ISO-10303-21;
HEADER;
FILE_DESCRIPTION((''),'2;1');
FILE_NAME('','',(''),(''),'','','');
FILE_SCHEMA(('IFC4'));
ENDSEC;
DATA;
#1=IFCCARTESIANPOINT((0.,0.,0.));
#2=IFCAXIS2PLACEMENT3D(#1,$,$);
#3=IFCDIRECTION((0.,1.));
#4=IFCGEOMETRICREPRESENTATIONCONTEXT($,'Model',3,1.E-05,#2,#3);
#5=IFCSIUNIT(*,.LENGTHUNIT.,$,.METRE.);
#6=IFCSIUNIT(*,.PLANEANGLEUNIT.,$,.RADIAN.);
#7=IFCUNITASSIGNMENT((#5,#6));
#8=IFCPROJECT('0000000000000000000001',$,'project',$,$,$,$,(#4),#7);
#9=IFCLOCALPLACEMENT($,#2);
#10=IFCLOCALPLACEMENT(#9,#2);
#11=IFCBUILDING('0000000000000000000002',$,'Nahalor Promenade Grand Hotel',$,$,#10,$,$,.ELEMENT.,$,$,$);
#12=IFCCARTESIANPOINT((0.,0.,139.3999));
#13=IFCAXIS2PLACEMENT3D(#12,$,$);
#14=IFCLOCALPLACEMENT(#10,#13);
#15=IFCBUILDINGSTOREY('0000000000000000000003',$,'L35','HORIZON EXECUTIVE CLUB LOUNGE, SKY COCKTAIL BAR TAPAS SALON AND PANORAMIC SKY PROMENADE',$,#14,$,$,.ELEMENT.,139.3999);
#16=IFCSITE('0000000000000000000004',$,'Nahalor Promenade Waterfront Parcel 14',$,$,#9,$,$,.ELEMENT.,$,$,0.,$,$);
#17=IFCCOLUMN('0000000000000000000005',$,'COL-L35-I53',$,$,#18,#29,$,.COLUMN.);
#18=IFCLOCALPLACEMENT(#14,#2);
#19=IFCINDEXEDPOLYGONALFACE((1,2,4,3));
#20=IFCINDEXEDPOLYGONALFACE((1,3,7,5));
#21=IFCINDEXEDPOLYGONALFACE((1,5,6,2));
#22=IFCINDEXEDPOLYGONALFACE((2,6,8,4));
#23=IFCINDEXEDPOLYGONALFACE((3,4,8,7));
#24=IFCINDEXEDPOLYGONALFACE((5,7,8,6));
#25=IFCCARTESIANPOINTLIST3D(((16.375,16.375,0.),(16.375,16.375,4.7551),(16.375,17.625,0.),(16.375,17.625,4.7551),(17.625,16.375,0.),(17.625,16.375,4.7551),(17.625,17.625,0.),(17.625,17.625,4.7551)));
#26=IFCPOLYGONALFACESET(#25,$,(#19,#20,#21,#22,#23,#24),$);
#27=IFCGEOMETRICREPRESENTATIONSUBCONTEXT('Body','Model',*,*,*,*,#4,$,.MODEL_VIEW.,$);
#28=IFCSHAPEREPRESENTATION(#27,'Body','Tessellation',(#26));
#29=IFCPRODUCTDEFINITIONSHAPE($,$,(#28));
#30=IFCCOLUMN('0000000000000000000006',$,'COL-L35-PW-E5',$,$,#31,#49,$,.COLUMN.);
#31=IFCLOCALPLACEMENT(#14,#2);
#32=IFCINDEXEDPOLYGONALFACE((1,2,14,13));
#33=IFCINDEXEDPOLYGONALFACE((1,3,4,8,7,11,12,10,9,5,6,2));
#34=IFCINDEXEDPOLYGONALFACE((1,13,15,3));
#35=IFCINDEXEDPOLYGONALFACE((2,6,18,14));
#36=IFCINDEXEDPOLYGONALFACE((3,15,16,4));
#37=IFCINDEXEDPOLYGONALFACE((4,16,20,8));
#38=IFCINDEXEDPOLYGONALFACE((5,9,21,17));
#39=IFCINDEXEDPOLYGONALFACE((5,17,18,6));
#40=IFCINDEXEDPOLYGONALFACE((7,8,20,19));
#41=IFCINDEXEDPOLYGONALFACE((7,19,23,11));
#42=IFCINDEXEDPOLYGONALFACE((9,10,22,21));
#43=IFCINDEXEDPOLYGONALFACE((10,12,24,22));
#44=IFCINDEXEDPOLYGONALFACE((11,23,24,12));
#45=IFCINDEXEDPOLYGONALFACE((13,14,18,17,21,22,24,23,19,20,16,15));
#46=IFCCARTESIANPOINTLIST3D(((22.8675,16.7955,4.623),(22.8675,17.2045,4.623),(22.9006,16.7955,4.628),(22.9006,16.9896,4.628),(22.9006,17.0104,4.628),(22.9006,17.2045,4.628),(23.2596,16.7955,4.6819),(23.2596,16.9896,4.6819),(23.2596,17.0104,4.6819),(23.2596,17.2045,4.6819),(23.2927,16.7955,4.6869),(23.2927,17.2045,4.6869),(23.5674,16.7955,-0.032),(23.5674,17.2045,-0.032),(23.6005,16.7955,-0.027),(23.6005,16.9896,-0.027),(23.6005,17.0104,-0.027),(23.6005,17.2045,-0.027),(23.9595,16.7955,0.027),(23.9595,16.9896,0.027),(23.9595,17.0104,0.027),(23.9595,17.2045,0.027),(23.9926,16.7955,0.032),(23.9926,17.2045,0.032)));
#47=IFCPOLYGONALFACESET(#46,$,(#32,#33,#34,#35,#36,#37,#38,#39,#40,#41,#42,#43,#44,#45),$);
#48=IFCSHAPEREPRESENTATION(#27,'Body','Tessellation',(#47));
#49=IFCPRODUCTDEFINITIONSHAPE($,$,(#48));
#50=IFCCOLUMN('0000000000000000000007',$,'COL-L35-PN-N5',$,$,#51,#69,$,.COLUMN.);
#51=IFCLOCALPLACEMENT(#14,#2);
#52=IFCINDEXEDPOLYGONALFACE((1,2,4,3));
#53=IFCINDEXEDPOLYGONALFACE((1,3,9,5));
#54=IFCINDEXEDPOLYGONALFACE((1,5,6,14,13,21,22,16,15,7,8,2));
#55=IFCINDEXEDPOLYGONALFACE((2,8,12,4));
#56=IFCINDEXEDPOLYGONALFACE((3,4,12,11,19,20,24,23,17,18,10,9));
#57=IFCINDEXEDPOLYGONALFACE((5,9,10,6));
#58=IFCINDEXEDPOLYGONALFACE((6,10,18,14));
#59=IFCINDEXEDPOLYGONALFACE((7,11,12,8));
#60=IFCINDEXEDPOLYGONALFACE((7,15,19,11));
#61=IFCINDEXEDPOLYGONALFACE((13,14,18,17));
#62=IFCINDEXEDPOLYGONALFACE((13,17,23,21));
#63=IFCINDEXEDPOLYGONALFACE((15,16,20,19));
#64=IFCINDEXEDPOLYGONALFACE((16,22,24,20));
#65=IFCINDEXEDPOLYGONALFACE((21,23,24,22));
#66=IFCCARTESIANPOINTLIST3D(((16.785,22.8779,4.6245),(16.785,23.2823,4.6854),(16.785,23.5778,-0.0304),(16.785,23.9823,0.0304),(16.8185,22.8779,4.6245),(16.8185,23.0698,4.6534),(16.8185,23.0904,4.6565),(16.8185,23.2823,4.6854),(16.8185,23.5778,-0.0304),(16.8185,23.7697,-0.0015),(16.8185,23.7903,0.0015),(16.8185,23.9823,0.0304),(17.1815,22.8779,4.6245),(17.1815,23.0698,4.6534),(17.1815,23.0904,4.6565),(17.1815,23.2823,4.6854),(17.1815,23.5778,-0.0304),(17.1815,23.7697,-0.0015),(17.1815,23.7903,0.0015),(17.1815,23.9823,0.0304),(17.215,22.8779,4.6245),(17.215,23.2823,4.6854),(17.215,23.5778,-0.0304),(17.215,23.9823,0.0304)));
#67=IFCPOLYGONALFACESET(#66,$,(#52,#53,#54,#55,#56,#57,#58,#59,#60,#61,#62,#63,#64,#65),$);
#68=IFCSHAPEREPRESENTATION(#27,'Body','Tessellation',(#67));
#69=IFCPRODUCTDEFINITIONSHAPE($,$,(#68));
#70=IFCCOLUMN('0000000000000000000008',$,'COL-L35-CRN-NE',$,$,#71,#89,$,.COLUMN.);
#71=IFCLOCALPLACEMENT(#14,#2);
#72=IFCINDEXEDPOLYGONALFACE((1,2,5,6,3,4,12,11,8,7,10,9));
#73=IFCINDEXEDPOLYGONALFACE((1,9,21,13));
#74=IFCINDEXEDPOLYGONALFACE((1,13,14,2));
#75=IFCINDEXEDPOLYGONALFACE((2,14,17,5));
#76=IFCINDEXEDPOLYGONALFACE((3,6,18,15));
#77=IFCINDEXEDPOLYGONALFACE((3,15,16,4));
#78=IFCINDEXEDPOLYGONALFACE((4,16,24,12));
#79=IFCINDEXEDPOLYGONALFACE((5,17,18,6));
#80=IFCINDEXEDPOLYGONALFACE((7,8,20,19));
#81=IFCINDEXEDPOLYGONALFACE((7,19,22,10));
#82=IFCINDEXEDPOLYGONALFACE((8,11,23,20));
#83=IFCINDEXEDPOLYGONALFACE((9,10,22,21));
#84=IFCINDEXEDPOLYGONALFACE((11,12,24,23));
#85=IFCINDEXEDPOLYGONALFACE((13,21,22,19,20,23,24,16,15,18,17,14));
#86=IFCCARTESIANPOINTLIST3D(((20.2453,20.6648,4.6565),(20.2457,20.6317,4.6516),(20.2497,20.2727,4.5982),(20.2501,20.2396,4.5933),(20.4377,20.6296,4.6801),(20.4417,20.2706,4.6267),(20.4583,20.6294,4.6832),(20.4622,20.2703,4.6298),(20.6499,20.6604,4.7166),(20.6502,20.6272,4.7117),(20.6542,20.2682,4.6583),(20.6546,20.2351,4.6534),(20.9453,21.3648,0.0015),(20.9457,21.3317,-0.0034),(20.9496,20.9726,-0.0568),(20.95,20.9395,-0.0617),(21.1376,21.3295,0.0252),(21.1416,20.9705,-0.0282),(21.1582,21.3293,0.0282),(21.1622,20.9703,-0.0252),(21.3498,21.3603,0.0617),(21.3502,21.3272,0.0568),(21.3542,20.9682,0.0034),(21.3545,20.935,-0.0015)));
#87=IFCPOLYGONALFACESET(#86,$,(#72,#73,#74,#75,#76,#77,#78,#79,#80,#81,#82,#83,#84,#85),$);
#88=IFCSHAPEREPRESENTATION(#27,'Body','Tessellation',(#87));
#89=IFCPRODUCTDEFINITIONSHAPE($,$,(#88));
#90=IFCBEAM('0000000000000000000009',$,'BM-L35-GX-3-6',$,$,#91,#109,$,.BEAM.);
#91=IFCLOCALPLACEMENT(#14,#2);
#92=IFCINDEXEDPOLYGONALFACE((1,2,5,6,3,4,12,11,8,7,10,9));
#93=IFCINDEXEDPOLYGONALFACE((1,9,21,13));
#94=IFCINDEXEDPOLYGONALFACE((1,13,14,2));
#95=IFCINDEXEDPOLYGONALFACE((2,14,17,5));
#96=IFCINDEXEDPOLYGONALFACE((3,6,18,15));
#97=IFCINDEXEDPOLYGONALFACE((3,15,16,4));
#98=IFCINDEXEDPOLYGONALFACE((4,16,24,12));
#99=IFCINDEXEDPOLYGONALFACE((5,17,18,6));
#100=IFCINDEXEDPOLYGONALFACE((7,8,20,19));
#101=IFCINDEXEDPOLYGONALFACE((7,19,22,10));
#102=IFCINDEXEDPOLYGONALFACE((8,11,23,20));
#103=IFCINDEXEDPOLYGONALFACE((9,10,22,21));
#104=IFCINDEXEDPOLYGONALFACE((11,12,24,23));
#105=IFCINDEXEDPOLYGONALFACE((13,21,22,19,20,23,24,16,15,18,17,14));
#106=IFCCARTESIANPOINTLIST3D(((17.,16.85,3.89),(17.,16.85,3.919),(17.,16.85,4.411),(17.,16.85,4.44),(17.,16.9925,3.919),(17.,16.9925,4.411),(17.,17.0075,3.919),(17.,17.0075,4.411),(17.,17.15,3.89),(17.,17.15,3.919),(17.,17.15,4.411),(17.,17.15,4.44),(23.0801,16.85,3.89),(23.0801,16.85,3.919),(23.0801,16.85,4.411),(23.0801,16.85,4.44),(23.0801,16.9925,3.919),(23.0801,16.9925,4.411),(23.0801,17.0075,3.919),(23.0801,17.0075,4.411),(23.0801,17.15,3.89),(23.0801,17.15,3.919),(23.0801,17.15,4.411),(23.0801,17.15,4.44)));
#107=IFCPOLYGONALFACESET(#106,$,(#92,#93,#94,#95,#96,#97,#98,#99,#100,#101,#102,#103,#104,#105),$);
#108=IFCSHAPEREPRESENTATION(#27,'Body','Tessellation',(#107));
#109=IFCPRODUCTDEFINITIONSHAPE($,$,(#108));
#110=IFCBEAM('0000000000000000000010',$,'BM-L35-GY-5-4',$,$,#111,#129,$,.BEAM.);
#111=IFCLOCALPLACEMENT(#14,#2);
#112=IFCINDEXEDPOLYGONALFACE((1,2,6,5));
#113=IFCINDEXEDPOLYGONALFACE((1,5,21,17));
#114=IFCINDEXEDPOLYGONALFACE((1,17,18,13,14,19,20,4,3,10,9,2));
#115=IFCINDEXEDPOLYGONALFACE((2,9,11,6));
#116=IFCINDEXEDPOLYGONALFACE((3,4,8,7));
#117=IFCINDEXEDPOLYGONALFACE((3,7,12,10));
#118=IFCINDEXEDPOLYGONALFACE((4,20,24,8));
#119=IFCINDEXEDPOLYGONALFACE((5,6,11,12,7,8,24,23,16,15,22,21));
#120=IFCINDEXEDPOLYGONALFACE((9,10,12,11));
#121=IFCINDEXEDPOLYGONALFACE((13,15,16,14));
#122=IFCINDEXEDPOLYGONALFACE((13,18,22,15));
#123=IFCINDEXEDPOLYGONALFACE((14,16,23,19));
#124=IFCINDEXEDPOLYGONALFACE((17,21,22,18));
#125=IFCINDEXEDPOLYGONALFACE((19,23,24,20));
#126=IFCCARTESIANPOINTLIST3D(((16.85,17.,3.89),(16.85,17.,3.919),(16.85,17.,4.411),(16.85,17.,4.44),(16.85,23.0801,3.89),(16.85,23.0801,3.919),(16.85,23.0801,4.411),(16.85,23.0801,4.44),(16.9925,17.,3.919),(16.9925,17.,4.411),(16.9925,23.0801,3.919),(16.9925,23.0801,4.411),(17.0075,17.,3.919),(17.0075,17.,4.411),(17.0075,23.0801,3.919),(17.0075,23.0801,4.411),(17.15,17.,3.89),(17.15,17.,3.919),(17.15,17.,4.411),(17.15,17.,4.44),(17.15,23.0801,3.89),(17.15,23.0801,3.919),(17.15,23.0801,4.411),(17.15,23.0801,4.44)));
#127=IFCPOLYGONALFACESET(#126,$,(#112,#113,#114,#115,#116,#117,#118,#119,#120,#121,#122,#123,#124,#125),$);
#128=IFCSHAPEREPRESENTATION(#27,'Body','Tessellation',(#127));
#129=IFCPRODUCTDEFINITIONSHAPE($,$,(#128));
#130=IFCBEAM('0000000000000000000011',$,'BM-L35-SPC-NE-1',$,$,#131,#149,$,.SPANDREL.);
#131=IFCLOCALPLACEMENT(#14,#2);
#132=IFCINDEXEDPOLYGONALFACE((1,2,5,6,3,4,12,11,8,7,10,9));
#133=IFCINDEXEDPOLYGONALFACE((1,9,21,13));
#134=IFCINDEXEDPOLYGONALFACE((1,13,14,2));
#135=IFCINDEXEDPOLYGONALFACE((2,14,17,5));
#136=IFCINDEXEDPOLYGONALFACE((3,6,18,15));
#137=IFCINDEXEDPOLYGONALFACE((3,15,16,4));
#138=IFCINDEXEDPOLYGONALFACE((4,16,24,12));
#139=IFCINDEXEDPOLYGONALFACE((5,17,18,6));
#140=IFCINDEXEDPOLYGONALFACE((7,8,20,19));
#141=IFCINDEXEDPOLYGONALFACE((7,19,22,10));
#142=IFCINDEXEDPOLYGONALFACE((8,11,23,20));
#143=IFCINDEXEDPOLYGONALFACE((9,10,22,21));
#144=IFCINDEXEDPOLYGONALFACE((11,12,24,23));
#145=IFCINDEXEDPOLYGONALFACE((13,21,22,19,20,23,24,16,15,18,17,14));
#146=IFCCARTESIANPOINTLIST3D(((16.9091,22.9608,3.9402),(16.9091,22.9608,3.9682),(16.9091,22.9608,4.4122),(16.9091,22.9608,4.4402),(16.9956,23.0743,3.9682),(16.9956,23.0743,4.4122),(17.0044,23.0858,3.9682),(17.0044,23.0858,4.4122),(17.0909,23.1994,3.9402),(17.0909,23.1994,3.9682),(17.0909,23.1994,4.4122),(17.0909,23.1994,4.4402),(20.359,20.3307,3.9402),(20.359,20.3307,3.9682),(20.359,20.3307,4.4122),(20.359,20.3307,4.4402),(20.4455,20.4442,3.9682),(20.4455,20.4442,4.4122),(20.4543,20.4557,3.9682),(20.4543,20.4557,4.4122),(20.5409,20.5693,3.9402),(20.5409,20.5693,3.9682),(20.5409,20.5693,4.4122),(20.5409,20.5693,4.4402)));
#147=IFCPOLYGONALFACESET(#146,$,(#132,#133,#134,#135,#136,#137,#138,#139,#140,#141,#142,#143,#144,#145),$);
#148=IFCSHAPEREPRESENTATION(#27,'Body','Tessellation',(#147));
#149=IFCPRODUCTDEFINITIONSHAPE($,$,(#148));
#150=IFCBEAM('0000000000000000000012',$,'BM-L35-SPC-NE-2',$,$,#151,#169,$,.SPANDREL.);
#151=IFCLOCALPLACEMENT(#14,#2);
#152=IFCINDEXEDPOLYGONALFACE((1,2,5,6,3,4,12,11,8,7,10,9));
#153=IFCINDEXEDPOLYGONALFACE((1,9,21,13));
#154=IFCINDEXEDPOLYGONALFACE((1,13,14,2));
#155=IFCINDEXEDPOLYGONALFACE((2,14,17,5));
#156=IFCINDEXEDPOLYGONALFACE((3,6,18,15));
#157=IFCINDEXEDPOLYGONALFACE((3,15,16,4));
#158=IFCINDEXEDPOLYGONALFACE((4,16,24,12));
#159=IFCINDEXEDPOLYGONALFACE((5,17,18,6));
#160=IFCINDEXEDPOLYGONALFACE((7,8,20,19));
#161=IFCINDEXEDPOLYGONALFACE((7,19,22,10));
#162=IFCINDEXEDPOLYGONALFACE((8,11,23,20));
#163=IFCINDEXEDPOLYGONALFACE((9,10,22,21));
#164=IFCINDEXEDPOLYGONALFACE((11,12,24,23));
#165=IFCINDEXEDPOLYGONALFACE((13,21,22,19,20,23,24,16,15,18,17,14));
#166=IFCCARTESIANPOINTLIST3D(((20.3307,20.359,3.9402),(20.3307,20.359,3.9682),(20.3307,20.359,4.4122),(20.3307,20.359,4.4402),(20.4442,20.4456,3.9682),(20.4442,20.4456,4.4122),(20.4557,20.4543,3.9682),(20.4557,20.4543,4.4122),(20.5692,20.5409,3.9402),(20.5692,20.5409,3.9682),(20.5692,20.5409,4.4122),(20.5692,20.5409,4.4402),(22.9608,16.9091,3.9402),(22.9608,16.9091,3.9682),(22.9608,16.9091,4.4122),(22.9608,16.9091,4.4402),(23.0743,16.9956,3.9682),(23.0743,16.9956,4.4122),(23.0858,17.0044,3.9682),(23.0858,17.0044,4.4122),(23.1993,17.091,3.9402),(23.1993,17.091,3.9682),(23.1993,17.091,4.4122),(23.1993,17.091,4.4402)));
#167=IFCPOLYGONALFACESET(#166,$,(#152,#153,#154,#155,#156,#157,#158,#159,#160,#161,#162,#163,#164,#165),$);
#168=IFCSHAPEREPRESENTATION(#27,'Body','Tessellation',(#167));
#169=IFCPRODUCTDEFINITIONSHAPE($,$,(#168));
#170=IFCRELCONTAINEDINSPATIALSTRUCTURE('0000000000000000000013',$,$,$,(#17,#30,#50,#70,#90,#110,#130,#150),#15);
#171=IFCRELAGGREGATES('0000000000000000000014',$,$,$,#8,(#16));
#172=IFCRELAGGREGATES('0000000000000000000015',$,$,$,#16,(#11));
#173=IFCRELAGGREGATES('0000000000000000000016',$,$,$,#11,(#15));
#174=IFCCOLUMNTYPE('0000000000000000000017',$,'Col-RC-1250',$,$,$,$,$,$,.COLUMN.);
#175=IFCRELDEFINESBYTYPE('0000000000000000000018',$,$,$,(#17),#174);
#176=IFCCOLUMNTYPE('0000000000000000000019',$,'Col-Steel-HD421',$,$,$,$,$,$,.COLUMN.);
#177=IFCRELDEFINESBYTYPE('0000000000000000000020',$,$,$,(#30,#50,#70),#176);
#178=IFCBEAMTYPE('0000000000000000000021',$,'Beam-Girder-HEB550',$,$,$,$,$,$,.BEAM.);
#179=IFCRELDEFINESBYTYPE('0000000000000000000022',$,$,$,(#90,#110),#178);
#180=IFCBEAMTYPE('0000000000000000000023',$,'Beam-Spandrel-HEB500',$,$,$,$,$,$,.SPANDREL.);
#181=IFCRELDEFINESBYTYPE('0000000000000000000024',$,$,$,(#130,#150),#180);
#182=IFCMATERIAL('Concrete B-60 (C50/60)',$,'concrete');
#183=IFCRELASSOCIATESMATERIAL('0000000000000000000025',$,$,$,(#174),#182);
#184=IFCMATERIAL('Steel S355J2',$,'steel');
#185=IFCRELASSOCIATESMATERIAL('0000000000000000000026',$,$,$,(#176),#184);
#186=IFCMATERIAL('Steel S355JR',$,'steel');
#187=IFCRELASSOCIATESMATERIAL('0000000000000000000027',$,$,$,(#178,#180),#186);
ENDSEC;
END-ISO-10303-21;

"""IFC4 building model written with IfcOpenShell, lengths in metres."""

from ifc_helpers import new_model, si_unit, direction, frame, origin, origin_2d, place, context, subcontext, project, spatial, rectangle, i_section, extrude, source, transform, mapped, material, material_profile, profile_set, type_object, element, save


model = new_model("IFC4")

# Units and contexts
model_context = context("Model", 3, precision=1e-05, world=origin(), true_north=direction((0.0, 1.0)))
body_context = subcontext(model_context, "Body", "Model", "MODEL_VIEW")
ifc_project = project(units=[si_unit("LENGTHUNIT", "METRE"), si_unit("PLANEANGLEUNIT", "RADIAN")], contexts=[model_context])

# Site, building, storey
site_placement = place(None, origin())
site = spatial("IfcSite", under=ifc_project, at=site_placement, Name="Nahalor Promenade Waterfront Parcel 14", CompositionType="ELEMENT", RefElevation=0.0)
building_placement = place(site_placement, origin())
building = spatial("IfcBuilding", under=site, at=building_placement, Name="Nahalor Promenade Grand Hotel", CompositionType="ELEMENT")
storey_placement = place(building_placement, frame((0.0, 0.0, 139.3999)))
storey = spatial("IfcBuildingStorey", under=building, at=storey_placement, Name="L35", Description="HORIZON EXECUTIVE CLUB LOUNGE, SKY COCKTAIL BAR TAPAS SALON AND PANORAMIC SKY PROMENADE", CompositionType="ELEMENT", Elevation=139.3999)

# Columns
ifc_material_1 = material(Name="Concrete B-60 (C50/60)", Category="concrete")
ifc_material_profile_1 = material_profile(ifc_material_1, rectangle(XDim=1.25, YDim=1.25, at=origin_2d()), Name="RC 1250x1250")
ifc_profile_set_1 = profile_set([ifc_material_profile_1], Name="Concrete B-60 (C50/60)")
column_type_1 = type_object("IfcColumnType", Name="Col-RC-1250", PredefinedType="COLUMN", material=ifc_profile_set_1)
shared_shape_1 = source(origin(), body_context, "Body", "SweptSolid", [
    extrude(rectangle(XDim=1.25, YDim=1.25, at=origin_2d()), origin(), (0.0, 0.0, 1.0), 4.7551),
])
column_1_placement = place(storey_placement, frame((17.0, 17.0, 0.0), z_axis=(0.0, 0.0, 1.0), x_axis=(1.0, 0.0, 0.0)))
element("IfcColumn", 1, at=column_1_placement, inside=storey, type_object=column_type_1, Name="COL-L35-I53", PredefinedType="COLUMN", context=body_context, shape_type="MappedRepresentation", body=[
    mapped(shared_shape_1, transform((0.0, 0.0, 0.0), scale=1.0)),
])
ifc_material_2 = material(Name="Steel S355J2", Category="steel")
ifc_material_profile_2 = material_profile(ifc_material_2, i_section(OverallWidth=0.409, OverallDepth=0.43, WebThickness=0.0208, FlangeThickness=0.0335, at=origin_2d()), Name="HD 400x421")
ifc_profile_set_2 = profile_set([ifc_material_profile_2], Name="Steel S355J2")
column_type_2 = type_object("IfcColumnType", Name="Col-Steel-HD421", PredefinedType="COLUMN", material=ifc_profile_set_2)
shared_shape_2 = source(origin(), body_context, "Body", "SweptSolid", [
    extrude(i_section(OverallWidth=0.409, OverallDepth=0.43, WebThickness=0.0208, FlangeThickness=0.0335, at=origin_2d()), origin(), (0.0, 0.0, 1.0), 4.7073),
])
for number, where, z_axis, x_axis, name in (
    (2, (23.78, 17.0, 0.0), (-0.148693, 0.0, 0.988883), (0.0, -1.0, 0.0), "COL-L35-PW-E5"),
    (3, (17.0, 23.78, 0.0), (0.0, -0.148693, 0.988883), (0.0, 0.988883, 0.148693), "COL-L35-PN-N5"),
):
    element("IfcColumn", number, at=place(storey_placement, frame(where, z_axis=z_axis, x_axis=x_axis)), inside=storey, type_object=column_type_2, Name=name, PredefinedType="COLUMN", context=body_context, shape_type="MappedRepresentation", body=[
        mapped(shared_shape_2, transform((0.0, 0.0, 0.0), scale=1.0)),
    ])
shared_shape_3 = source(origin(), body_context, "Body", "SweptSolid", [
    extrude(i_section(OverallWidth=0.409, OverallDepth=0.43, WebThickness=0.0208, FlangeThickness=0.0335, at=origin_2d()), origin(), (0.0, 0.0, 1.0), 4.759),
])
column_2_placement = place(storey_placement, frame((21.1499, 21.1499, 0.0), z_axis=(-0.147076, -0.147076, 0.97813), x_axis=(0.989065, -0.010935, 0.147076)))
element("IfcColumn", 4, at=column_2_placement, inside=storey, type_object=column_type_2, Name="COL-L35-CRN-NE", PredefinedType="COLUMN", context=body_context, shape_type="MappedRepresentation", body=[
    mapped(shared_shape_3, transform((0.0, 0.0, 0.0), scale=1.0)),
])

# Beams
ifc_material_3 = material(Name="Steel S355JR", Category="steel")
ifc_material_profile_3 = material_profile(ifc_material_3, i_section(OverallWidth=0.3, OverallDepth=0.55, WebThickness=0.015, FlangeThickness=0.029, at=origin_2d()), Name="HEB 550")
ifc_profile_set_3 = profile_set([ifc_material_profile_3], Name="Steel S355JR")
beam_type_1 = type_object("IfcBeamType", Name="Beam-Girder-HEB550", PredefinedType="BEAM", material=ifc_profile_set_3)
shared_shape_4 = source(origin(), body_context, "Body", "SweptSolid", [
    extrude(i_section(OverallWidth=0.3, OverallDepth=0.55, WebThickness=0.015, FlangeThickness=0.029, at=origin_2d()), origin(), (0.0, 0.0, 1.0), 6.0801),
])
for number, where, z_axis, x_axis, name in (
    (5, (17.0, 17.0, 4.165), (1.0, 0.0, 0.0), (0.0, 1.0, 0.0), "BM-L35-GX-3-6"),
    (6, (17.0, 17.0, 4.165), (0.0, 1.0, 0.0), (-1.0, 0.0, 0.0), "BM-L35-GY-5-4"),
):
    element("IfcBeam", number, at=place(storey_placement, frame(where, z_axis=z_axis, x_axis=x_axis)), inside=storey, type_object=beam_type_1, Name=name, PredefinedType="BEAM", context=body_context, shape_type="MappedRepresentation", body=[
        mapped(shared_shape_4, transform((0.0, 0.0, 0.0), scale=1.0)),
    ])
ifc_material_profile_4 = material_profile(ifc_material_3, i_section(OverallWidth=0.3, OverallDepth=0.5, WebThickness=0.0145, FlangeThickness=0.028, at=origin_2d()), Name="HEB 500")
ifc_profile_set_4 = profile_set([ifc_material_profile_4], Name="Steel S355JR")
beam_type_2 = type_object("IfcBeamType", Name="Beam-Spandrel-HEB500", PredefinedType="SPANDREL", material=ifc_profile_set_4)
shared_shape_5 = source(origin(), body_context, "Body", "SweptSolid", [
    extrude(i_section(OverallWidth=0.3, OverallDepth=0.5, WebThickness=0.0145, FlangeThickness=0.028, at=origin_2d()), origin(), (0.0, 0.0, 1.0), 4.3381),
])
for number, where, z_axis, x_axis, name in (
    (7, (17.0, 23.0801, 4.1902), (0.795255, -0.606275, 0.0), (0.606275, 0.795255, 0.0), "BM-L35-SPC-NE-1"),
    (8, (20.45, 20.45, 4.1902), (0.606275, -0.795255, 0.0), (0.795255, 0.606275, 0.0), "BM-L35-SPC-NE-2"),
):
    element("IfcBeam", number, at=place(storey_placement, frame(where, z_axis=z_axis, x_axis=x_axis)), inside=storey, type_object=beam_type_2, Name=name, PredefinedType="SPANDREL", context=body_context, shape_type="MappedRepresentation", body=[
        mapped(shared_shape_5, transform((0.0, 0.0, 0.0), scale=1.0)),
    ])

save(model, "model.ifc")
